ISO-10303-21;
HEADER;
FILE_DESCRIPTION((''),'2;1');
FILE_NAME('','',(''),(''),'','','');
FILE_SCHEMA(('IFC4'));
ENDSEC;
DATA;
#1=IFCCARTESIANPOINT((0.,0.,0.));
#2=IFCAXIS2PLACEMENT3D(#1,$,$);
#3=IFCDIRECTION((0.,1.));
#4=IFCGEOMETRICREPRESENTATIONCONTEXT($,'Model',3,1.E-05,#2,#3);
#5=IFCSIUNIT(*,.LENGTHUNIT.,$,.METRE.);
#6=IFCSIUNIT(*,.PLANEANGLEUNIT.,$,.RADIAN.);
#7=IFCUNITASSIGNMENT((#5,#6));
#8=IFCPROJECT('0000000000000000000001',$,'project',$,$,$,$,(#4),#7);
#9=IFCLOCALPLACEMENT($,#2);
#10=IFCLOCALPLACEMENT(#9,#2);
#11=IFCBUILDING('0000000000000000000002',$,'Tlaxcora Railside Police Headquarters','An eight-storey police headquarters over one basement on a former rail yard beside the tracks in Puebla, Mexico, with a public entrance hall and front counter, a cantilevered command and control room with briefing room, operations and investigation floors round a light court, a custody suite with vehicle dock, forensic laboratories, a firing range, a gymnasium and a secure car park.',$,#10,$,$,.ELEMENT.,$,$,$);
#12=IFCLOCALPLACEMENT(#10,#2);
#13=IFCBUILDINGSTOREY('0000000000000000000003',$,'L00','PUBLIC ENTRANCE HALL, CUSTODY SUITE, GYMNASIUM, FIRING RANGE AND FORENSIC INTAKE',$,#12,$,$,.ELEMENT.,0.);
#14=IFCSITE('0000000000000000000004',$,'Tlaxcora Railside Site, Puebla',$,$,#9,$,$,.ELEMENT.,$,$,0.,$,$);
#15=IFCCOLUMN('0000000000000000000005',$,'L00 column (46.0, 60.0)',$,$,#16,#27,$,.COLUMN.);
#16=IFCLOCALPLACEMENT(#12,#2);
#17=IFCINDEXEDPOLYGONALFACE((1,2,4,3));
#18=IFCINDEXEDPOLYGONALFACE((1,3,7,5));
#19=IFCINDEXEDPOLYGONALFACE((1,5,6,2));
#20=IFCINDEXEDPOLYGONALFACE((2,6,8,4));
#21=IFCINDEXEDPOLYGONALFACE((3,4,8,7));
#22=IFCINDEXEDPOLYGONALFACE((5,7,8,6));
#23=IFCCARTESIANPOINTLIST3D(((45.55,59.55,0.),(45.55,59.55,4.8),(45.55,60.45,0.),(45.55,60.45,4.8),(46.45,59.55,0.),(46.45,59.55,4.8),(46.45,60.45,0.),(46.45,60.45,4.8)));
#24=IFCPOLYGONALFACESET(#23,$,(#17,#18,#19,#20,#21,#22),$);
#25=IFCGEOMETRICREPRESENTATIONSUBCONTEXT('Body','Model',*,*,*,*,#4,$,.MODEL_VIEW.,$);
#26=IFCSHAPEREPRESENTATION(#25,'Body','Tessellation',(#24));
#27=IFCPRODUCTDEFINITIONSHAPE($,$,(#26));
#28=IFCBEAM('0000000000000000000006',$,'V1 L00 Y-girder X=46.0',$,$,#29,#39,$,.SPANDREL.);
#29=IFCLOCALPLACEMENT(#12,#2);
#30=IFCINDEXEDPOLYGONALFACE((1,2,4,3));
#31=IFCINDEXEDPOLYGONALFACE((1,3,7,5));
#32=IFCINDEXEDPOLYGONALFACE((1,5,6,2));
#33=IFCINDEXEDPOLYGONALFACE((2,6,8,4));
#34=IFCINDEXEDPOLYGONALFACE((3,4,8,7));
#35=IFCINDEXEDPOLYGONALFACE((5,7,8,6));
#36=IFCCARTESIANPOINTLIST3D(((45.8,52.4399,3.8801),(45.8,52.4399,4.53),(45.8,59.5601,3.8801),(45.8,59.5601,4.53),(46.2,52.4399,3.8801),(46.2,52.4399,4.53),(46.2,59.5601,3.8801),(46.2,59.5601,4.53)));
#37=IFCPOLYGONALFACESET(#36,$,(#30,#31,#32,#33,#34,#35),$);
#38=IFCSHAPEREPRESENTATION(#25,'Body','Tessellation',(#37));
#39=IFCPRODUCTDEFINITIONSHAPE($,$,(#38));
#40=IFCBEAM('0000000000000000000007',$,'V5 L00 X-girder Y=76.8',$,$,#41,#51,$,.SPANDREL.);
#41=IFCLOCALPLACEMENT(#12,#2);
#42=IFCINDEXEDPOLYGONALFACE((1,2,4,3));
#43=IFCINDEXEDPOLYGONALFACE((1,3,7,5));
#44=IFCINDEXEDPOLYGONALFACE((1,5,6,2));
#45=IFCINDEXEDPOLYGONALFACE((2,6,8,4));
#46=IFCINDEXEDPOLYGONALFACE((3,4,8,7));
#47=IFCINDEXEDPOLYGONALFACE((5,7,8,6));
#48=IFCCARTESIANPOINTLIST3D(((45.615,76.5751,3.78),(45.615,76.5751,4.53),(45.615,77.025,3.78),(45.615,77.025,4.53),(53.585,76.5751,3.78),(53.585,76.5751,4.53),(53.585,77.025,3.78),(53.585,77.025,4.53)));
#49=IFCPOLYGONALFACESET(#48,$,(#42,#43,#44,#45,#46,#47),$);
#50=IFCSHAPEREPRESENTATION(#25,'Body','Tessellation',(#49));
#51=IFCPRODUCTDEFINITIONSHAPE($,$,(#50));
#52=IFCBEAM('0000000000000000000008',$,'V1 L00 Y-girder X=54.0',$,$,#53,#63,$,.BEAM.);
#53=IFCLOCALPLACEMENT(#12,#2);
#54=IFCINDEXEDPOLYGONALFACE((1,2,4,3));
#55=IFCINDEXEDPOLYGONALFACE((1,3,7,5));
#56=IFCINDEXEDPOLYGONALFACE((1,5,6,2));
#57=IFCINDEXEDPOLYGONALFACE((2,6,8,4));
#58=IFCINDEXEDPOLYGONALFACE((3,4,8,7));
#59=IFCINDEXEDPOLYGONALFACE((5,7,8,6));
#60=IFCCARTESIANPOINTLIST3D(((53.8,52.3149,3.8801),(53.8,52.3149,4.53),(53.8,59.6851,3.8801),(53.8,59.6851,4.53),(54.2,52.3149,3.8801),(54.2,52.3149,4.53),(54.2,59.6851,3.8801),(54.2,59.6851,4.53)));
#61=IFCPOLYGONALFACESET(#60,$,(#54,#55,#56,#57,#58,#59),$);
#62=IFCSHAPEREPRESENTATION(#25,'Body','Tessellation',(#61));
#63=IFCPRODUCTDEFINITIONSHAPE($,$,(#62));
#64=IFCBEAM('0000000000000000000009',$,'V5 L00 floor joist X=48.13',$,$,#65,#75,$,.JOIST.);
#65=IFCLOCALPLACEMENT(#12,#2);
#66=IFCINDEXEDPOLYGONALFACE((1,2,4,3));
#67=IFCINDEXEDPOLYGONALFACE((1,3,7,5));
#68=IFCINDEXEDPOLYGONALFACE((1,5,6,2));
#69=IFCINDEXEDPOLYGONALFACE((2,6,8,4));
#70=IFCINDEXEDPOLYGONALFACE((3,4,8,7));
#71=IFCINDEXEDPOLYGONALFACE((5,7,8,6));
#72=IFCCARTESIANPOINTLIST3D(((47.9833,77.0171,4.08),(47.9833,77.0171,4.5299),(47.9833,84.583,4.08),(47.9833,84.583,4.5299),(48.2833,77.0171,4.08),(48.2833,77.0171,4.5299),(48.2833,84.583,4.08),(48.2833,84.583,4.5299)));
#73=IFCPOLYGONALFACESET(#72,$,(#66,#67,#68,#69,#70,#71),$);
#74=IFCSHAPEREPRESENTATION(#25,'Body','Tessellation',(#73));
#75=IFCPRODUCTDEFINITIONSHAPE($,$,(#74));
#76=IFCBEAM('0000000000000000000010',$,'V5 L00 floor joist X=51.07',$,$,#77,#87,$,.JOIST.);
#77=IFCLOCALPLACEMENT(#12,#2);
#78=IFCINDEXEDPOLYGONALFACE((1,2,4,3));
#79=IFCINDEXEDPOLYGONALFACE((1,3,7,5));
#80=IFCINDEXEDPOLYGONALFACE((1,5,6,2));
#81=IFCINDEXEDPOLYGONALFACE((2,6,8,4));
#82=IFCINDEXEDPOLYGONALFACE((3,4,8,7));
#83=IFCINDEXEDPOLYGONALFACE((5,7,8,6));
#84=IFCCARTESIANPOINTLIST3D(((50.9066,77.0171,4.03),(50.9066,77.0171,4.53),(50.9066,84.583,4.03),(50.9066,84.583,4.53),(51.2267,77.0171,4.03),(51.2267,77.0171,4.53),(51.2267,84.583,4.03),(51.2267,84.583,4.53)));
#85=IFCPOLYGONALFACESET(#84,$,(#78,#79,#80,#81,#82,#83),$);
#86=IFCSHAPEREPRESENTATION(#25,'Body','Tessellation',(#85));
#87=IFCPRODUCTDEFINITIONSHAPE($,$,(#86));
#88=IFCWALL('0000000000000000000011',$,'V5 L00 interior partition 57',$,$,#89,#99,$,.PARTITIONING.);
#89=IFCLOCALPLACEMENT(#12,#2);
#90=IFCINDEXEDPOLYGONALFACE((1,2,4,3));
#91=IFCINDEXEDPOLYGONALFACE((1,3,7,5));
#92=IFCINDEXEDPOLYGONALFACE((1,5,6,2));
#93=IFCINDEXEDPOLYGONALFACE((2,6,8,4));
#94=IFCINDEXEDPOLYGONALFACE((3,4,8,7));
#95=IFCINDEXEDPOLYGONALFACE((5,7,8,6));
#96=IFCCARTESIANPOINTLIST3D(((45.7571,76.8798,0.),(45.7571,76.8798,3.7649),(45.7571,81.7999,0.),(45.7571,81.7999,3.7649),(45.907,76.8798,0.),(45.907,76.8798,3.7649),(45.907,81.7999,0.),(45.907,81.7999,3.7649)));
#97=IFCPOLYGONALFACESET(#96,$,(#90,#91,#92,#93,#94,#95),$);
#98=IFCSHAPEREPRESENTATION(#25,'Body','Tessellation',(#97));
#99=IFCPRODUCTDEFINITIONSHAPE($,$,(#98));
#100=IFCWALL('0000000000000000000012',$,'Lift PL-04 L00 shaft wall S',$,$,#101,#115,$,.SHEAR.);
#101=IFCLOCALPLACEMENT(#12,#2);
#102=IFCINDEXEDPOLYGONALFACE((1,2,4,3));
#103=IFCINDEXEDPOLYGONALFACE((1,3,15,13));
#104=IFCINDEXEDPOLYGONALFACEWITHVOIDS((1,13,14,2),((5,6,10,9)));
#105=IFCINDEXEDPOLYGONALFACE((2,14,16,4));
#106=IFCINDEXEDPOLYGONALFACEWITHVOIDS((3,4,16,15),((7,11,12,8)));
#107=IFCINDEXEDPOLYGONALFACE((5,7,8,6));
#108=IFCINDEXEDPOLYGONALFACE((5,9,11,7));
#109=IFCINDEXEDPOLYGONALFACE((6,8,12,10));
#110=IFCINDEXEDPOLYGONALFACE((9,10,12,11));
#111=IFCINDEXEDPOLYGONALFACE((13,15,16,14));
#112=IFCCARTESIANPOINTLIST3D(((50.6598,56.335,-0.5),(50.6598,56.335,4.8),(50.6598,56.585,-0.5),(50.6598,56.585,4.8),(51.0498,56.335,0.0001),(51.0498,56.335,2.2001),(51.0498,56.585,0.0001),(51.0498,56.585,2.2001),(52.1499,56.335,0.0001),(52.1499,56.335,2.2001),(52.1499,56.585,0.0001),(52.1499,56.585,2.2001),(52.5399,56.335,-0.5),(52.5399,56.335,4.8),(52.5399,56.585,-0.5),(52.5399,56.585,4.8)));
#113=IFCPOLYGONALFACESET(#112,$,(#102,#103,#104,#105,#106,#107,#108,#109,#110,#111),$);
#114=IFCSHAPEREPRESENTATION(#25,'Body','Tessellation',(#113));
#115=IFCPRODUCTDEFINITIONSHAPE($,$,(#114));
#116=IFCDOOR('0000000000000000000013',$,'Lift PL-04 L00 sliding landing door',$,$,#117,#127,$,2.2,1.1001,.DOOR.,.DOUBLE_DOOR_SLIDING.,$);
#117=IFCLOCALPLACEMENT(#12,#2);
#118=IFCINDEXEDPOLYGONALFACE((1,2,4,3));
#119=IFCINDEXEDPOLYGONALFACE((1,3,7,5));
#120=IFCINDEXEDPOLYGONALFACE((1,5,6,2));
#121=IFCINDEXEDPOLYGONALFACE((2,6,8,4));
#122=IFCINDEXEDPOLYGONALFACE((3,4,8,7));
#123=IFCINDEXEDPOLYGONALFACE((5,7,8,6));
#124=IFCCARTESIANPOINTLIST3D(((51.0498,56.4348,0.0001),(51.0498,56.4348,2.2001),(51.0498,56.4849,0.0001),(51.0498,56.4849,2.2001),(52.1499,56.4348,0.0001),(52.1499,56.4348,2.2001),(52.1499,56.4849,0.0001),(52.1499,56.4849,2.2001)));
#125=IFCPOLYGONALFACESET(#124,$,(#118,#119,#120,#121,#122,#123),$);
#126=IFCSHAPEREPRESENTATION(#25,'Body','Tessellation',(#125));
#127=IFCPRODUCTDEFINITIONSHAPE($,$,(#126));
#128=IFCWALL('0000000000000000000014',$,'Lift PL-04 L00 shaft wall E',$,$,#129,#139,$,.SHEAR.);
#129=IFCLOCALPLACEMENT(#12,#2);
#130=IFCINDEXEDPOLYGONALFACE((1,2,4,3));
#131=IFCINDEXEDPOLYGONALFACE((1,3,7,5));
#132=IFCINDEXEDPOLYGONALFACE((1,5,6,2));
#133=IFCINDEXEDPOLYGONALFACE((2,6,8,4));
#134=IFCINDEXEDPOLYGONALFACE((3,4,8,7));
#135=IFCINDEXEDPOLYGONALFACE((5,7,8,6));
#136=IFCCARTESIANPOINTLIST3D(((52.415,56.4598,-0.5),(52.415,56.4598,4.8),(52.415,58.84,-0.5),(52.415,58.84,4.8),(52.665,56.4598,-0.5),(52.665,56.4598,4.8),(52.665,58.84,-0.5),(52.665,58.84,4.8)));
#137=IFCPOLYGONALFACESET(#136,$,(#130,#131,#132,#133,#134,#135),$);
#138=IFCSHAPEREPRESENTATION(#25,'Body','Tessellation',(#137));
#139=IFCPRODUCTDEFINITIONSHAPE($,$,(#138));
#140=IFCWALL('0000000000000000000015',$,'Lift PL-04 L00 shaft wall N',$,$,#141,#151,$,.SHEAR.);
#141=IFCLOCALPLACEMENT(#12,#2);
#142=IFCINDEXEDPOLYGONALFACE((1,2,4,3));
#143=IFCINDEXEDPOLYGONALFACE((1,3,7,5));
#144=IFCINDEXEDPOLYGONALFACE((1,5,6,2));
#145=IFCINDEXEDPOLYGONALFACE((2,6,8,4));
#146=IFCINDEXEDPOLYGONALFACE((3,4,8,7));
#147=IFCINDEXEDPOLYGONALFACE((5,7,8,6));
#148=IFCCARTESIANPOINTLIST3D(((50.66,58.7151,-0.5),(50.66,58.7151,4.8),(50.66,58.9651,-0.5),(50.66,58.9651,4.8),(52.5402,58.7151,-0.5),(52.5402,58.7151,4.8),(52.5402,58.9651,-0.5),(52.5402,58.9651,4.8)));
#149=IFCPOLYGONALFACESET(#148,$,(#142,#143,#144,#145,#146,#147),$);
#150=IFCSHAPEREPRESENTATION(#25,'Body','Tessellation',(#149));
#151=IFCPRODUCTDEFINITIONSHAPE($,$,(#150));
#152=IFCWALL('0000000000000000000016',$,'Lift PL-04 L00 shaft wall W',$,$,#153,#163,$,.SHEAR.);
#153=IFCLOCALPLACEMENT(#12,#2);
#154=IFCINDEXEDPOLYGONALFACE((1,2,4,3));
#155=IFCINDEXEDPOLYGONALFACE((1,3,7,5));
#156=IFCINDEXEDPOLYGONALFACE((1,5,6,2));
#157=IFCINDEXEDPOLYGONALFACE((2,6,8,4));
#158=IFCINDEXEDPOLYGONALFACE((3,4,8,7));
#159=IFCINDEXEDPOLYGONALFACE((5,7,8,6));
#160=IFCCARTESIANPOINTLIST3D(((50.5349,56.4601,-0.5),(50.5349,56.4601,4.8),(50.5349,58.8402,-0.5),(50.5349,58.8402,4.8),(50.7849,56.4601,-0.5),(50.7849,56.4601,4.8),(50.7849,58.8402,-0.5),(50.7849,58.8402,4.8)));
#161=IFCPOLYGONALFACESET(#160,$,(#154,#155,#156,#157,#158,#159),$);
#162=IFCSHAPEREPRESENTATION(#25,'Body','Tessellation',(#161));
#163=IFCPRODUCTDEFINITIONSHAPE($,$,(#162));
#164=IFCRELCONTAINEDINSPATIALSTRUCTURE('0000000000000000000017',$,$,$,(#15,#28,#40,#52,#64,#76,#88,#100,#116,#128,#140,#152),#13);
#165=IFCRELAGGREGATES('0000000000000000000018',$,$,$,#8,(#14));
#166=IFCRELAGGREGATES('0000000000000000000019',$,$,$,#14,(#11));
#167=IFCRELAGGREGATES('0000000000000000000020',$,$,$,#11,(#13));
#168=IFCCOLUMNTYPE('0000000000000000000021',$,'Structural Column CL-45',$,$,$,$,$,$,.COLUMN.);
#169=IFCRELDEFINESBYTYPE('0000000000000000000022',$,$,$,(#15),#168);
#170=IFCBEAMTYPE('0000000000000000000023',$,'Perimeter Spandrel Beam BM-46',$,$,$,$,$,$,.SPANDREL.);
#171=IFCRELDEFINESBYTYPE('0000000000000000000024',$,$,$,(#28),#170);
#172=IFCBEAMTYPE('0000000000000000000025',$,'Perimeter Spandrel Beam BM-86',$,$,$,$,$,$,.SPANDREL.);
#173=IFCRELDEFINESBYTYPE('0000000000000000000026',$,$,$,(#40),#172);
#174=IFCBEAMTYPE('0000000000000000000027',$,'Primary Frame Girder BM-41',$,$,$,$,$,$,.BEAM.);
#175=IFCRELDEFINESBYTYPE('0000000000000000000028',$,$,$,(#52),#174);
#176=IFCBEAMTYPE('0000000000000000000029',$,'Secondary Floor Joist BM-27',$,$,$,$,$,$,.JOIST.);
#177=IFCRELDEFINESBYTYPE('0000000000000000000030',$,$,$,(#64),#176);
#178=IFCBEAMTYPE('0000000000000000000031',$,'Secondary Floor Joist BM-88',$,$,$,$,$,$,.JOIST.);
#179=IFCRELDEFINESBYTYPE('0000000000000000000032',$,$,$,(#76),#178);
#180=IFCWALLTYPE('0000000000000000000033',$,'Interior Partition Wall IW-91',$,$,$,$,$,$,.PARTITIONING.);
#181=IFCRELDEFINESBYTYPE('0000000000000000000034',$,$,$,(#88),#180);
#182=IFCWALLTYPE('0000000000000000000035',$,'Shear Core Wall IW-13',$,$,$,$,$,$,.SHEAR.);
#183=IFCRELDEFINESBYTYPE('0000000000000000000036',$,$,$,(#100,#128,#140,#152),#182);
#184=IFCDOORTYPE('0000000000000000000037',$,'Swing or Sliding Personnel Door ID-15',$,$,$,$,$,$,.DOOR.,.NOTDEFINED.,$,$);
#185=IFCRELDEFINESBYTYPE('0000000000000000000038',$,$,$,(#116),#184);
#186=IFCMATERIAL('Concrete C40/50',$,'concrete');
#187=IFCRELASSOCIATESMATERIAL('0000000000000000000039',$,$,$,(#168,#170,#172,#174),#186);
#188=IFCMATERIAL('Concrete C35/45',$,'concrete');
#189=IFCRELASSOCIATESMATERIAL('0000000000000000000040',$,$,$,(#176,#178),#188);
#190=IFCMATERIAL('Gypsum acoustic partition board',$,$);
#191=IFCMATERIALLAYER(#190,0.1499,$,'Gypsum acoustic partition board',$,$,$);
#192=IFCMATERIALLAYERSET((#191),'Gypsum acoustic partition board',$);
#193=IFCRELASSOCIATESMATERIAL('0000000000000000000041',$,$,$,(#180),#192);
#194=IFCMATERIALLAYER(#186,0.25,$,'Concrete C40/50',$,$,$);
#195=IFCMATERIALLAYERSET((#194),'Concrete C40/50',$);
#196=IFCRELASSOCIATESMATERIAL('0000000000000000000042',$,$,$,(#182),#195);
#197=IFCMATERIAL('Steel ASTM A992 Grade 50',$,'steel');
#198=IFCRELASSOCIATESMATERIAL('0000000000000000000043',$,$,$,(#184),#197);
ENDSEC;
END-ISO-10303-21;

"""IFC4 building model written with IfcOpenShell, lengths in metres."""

from ifc_helpers import new_model, si_unit, direction, frame, frame_2d, origin, origin_2d, place, context, subcontext, project, spatial, rectangle, extrude, material, layer, layer_set, material_profile, profile_set, type_object, element, fill, save


model = new_model("IFC4")

# Units and contexts
model_context = context("Model", 3, precision=1e-05, world=origin(), true_north=direction((0.0, 1.0)))
body_context = subcontext(model_context, "Body", "Model", "MODEL_VIEW")
ifc_project = project(units=[si_unit("LENGTHUNIT", "METRE"), si_unit("PLANEANGLEUNIT", "RADIAN")], contexts=[model_context])

# Site, building, storey
site_placement = place(None, origin())
site = spatial("IfcSite", under=ifc_project, at=site_placement, Name="Tlaxcora Railside Site, Puebla", CompositionType="ELEMENT", RefElevation=0.0)
building_placement = place(site_placement, origin())
building = spatial("IfcBuilding", under=site, at=building_placement, Name="Tlaxcora Railside Police Headquarters", Description="An eight-storey police headquarters over one basement on a former rail yard beside the tracks in Puebla, Mexico, with a public entrance hall and front counter, a cantilevered command and control room with briefing room, operations and investigation floors round a light court, a custody suite with vehicle dock, forensic laboratories, a firing range, a gymnasium and a secure car park.", CompositionType="ELEMENT")
storey_placement = place(building_placement, origin())
storey = spatial("IfcBuildingStorey", under=building, at=storey_placement, Name="L00", Description="PUBLIC ENTRANCE HALL, CUSTODY SUITE, GYMNASIUM, FIRING RANGE AND FORENSIC INTAKE", CompositionType="ELEMENT", Elevation=0.0)

# Column
ifc_material_1 = material(Name="Concrete C40/50", Category="concrete")
ifc_material_profile_1 = material_profile(ifc_material_1, rectangle(XDim=0.8999, YDim=0.8999, at=origin_2d()), Name="RC900X900")
ifc_profile_set_1 = profile_set([ifc_material_profile_1], Name="Concrete C40/50")
column_type = type_object("IfcColumnType", Name="Structural Column CL-45", PredefinedType="COLUMN", material=ifc_profile_set_1)
column_placement = place(storey_placement, frame((46.0, 60.0, 0.0), z_axis=(0.0, 0.0, 1.0), x_axis=(1.0, 0.0, 0.0)))
element("IfcColumn", 1, at=column_placement, inside=storey, type_object=column_type, Name="L00 column (46.0, 60.0)", PredefinedType="COLUMN", context=body_context, shape_type="SweptSolid", body=[
    extrude(rectangle(XDim=0.8999, YDim=0.8999, at=origin_2d()), origin(), (0.0, 0.0, 1.0), 4.8),
])

# Beams
ifc_material_profile_2 = material_profile(ifc_material_1, rectangle(XDim=0.3999, YDim=0.6499, at=origin_2d()), Name="RC400X650")
ifc_profile_set_2 = profile_set([ifc_material_profile_2], Name="Concrete C40/50")
beam_type_1 = type_object("IfcBeamType", Name="Perimeter Spandrel Beam BM-46", PredefinedType="SPANDREL", material=ifc_profile_set_2)
beam_1_placement = place(storey_placement, frame((46.0, 52.4399, 4.2051), z_axis=(0.0, 1.0, 0.0), x_axis=(-1.0, 0.0, 0.0)))
element("IfcBeam", 2, at=beam_1_placement, inside=storey, type_object=beam_type_1, Name="V1 L00 Y-girder X=46.0", PredefinedType="SPANDREL", context=body_context, shape_type="SweptSolid", body=[
    extrude(rectangle(XDim=0.3999, YDim=0.6499, at=origin_2d()), origin(), (0.0, 0.0, 1.0), 7.1201),
])
ifc_material_profile_3 = material_profile(ifc_material_1, rectangle(XDim=0.45, YDim=0.75, at=origin_2d()), Name="RC450X750")
ifc_profile_set_3 = profile_set([ifc_material_profile_3], Name="Concrete C40/50")
beam_type_2 = type_object("IfcBeamType", Name="Perimeter Spandrel Beam BM-86", PredefinedType="SPANDREL", material=ifc_profile_set_3)
beam_2_placement = place(storey_placement, frame((45.615, 76.8, 4.155), z_axis=(1.0, 0.0, 0.0), x_axis=(0.0, 1.0, 0.0)))
element("IfcBeam", 3, at=beam_2_placement, inside=storey, type_object=beam_type_2, Name="V5 L00 X-girder Y=76.8", PredefinedType="SPANDREL", context=body_context, shape_type="SweptSolid", body=[
    extrude(rectangle(XDim=0.45, YDim=0.75, at=origin_2d()), origin(), (0.0, 0.0, 1.0), 7.97),
])
ifc_material_profile_4 = material_profile(ifc_material_1, rectangle(XDim=0.3999, YDim=0.6499, at=origin_2d()), Name="RC400X650")
ifc_profile_set_4 = profile_set([ifc_material_profile_4], Name="Concrete C40/50")
beam_type_3 = type_object("IfcBeamType", Name="Primary Frame Girder BM-41", PredefinedType="BEAM", material=ifc_profile_set_4)
beam_3_placement = place(storey_placement, frame((54.0, 52.3149, 4.2051), z_axis=(0.0, 1.0, 0.0), x_axis=(-1.0, 0.0, 0.0)))
element("IfcBeam", 4, at=beam_3_placement, inside=storey, type_object=beam_type_3, Name="V1 L00 Y-girder X=54.0", PredefinedType="BEAM", context=body_context, shape_type="SweptSolid", body=[
    extrude(rectangle(XDim=0.3999, YDim=0.6499, at=origin_2d()), origin(), (0.0, 0.0, 1.0), 7.3701),
])
ifc_material_2 = material(Name="Concrete C35/45", Category="concrete")
ifc_material_profile_5 = material_profile(ifc_material_2, rectangle(XDim=0.3, YDim=0.45, at=origin_2d()), Name="RC300X450")
ifc_profile_set_5 = profile_set([ifc_material_profile_5], Name="Concrete C35/45")
beam_type_4 = type_object("IfcBeamType", Name="Secondary Floor Joist BM-27", PredefinedType="JOIST", material=ifc_profile_set_5)
beam_4_placement = place(storey_placement, frame((48.1333, 77.0171, 4.3049), z_axis=(0.0, 1.0, 0.0), x_axis=(-1.0, 0.0, 0.0)))
element("IfcBeam", 5, at=beam_4_placement, inside=storey, type_object=beam_type_4, Name="V5 L00 floor joist X=48.13", PredefinedType="JOIST", context=body_context, shape_type="SweptSolid", body=[
    extrude(rectangle(XDim=0.3, YDim=0.45, at=origin_2d()), origin(), (0.0, 0.0, 1.0), 7.5659),
])
ifc_material_profile_6 = material_profile(ifc_material_2, rectangle(XDim=0.3201, YDim=0.5, at=origin_2d()), Name="RC320X500")
ifc_profile_set_6 = profile_set([ifc_material_profile_6], Name="Concrete C35/45")
beam_type_5 = type_object("IfcBeamType", Name="Secondary Floor Joist BM-88", PredefinedType="JOIST", material=ifc_profile_set_6)
beam_5_placement = place(storey_placement, frame((51.0667, 77.0171, 4.28), z_axis=(0.0, 1.0, 0.0), x_axis=(-1.0, 0.0, 0.0)))
element("IfcBeam", 6, at=beam_5_placement, inside=storey, type_object=beam_type_5, Name="V5 L00 floor joist X=51.07", PredefinedType="JOIST", context=body_context, shape_type="SweptSolid", body=[
    extrude(rectangle(XDim=0.3201, YDim=0.5, at=origin_2d()), origin(), (0.0, 0.0, 1.0), 7.5659),
])

# Wall
ifc_material_3 = material(Name="Gypsum acoustic partition board")
ifc_layer_1 = layer(ifc_material_3, 0.1499, Name="Gypsum acoustic partition board")
ifc_layer_set_1 = layer_set([ifc_layer_1], Name="Gypsum acoustic partition board")
wall_type_1 = type_object("IfcWallType", Name="Interior Partition Wall IW-91", PredefinedType="PARTITIONING", material=ifc_layer_set_1)
wall_1_placement = place(storey_placement, frame((45.832, 76.8799, 0.0), z_axis=(0.0, 0.0, 1.0), x_axis=(0.0, 1.0, 0.0)))
element("IfcWall", 7, at=wall_1_placement, inside=storey, type_object=wall_type_1, Name="V5 L00 interior partition 57", PredefinedType="PARTITIONING", context=body_context, shape_type="SweptSolid", body=[
    extrude(rectangle(XDim=4.9202, YDim=0.1499, at=frame_2d((2.46, 0.0))), origin(), (0.0, 0.0, 1.0), 3.7649),
])

# Wall, opening, door
ifc_layer_2 = layer(ifc_material_1, 0.25, Name="Concrete C40/50")
ifc_layer_set_2 = layer_set([ifc_layer_2], Name="Concrete C40/50")
wall_type_2 = type_object("IfcWallType", Name="Shear Core Wall IW-13", PredefinedType="SHEAR", material=ifc_layer_set_2)
wall_2_placement = place(storey_placement, frame((50.6599, 56.46, -0.5), z_axis=(0.0, 0.0, 1.0), x_axis=(1.0, 0.0, 0.0)))
wall_2 = element("IfcWall", 8, at=wall_2_placement, inside=storey, type_object=wall_type_2, Name="Lift PL-04 L00 shaft wall S", PredefinedType="SHEAR", context=body_context, shape_type="SweptSolid", body=[
    extrude(rectangle(XDim=1.8801, YDim=0.25, at=frame_2d((0.9399, 0.0))), origin(), (0.0, 0.0, 1.0), 5.3),
])
opening_1_placement = place(wall_2_placement, frame((0.3899, 0.0, 0.5)))
opening_1 = element("IfcOpeningElement", 9, at=opening_1_placement, cuts=wall_2, PredefinedType="OPENING", context=body_context, shape_type="SweptSolid", body=[
    extrude(rectangle(XDim=1.1001, YDim=2.2, at=frame_2d((0.55, 1.1001))), frame((0.0, 0.135, 0.0), z_axis=(0.0, -1.0, 0.0), x_axis=(1.0, 0.0, 0.0)), (0.0, 0.0, 1.0), 0.27),
])
ifc_material_4 = material(Name="Steel ASTM A992 Grade 50", Category="steel")
door_type_1 = type_object("IfcDoorType", Name="Swing or Sliding Personnel Door ID-15", OperationType="NOTDEFINED", PredefinedType="DOOR", material=ifc_material_4)
door_1_placement = place(opening_1_placement, origin())
door_1 = element("IfcDoor", 10, at=door_1_placement, inside=storey, type_object=door_type_1, Name="Lift PL-04 L00 sliding landing door", OperationType="DOUBLE_DOOR_SLIDING", OverallHeight=2.2, OverallWidth=1.1001, PredefinedType="DOOR", context=body_context, shape_type="SweptSolid", body=[
    extrude(rectangle(XDim=1.1001, YDim=2.2, at=frame_2d((0.55, 1.1001))), frame((0.0, 0.0249, 0.0), z_axis=(0.0, -1.0, 0.0), x_axis=(1.0, 0.0, 0.0)), (0.0, 0.0, 1.0), 0.05),
])
fill(opening_1, door_1)

# Walls
wall_3_placement = place(storey_placement, frame((52.54, 56.46, -0.5), z_axis=(0.0, 0.0, 1.0), x_axis=(0.0, 1.0, 0.0)))
element("IfcWall", 11, at=wall_3_placement, inside=storey, type_object=wall_type_2, Name="Lift PL-04 L00 shaft wall E", PredefinedType="SHEAR", context=body_context, shape_type="SweptSolid", body=[
    extrude(rectangle(XDim=2.3801, YDim=0.25, at=frame_2d((1.1899, 0.0))), origin(), (0.0, 0.0, 1.0), 5.3),
])
wall_4_placement = place(storey_placement, frame((52.54, 58.8401, -0.5), z_axis=(0.0, 0.0, 1.0), x_axis=(-1.0, 0.0, 0.0)))
element("IfcWall", 12, at=wall_4_placement, inside=storey, type_object=wall_type_2, Name="Lift PL-04 L00 shaft wall N", PredefinedType="SHEAR", context=body_context, shape_type="SweptSolid", body=[
    extrude(rectangle(XDim=1.8801, YDim=0.25, at=frame_2d((0.9399, 0.0))), origin(), (0.0, 0.0, 1.0), 5.3),
])
wall_5_placement = place(storey_placement, frame((50.6599, 58.8401, -0.5), z_axis=(0.0, 0.0, 1.0), x_axis=(0.0, -1.0, 0.0)))
element("IfcWall", 13, at=wall_5_placement, inside=storey, type_object=wall_type_2, Name="Lift PL-04 L00 shaft wall W", PredefinedType="SHEAR", context=body_context, shape_type="SweptSolid", body=[
    extrude(rectangle(XDim=2.3801, YDim=0.25, at=frame_2d((1.1899, 0.0))), origin(), (0.0, 0.0, 1.0), 5.3),
])

save(model, "model.ifc")
